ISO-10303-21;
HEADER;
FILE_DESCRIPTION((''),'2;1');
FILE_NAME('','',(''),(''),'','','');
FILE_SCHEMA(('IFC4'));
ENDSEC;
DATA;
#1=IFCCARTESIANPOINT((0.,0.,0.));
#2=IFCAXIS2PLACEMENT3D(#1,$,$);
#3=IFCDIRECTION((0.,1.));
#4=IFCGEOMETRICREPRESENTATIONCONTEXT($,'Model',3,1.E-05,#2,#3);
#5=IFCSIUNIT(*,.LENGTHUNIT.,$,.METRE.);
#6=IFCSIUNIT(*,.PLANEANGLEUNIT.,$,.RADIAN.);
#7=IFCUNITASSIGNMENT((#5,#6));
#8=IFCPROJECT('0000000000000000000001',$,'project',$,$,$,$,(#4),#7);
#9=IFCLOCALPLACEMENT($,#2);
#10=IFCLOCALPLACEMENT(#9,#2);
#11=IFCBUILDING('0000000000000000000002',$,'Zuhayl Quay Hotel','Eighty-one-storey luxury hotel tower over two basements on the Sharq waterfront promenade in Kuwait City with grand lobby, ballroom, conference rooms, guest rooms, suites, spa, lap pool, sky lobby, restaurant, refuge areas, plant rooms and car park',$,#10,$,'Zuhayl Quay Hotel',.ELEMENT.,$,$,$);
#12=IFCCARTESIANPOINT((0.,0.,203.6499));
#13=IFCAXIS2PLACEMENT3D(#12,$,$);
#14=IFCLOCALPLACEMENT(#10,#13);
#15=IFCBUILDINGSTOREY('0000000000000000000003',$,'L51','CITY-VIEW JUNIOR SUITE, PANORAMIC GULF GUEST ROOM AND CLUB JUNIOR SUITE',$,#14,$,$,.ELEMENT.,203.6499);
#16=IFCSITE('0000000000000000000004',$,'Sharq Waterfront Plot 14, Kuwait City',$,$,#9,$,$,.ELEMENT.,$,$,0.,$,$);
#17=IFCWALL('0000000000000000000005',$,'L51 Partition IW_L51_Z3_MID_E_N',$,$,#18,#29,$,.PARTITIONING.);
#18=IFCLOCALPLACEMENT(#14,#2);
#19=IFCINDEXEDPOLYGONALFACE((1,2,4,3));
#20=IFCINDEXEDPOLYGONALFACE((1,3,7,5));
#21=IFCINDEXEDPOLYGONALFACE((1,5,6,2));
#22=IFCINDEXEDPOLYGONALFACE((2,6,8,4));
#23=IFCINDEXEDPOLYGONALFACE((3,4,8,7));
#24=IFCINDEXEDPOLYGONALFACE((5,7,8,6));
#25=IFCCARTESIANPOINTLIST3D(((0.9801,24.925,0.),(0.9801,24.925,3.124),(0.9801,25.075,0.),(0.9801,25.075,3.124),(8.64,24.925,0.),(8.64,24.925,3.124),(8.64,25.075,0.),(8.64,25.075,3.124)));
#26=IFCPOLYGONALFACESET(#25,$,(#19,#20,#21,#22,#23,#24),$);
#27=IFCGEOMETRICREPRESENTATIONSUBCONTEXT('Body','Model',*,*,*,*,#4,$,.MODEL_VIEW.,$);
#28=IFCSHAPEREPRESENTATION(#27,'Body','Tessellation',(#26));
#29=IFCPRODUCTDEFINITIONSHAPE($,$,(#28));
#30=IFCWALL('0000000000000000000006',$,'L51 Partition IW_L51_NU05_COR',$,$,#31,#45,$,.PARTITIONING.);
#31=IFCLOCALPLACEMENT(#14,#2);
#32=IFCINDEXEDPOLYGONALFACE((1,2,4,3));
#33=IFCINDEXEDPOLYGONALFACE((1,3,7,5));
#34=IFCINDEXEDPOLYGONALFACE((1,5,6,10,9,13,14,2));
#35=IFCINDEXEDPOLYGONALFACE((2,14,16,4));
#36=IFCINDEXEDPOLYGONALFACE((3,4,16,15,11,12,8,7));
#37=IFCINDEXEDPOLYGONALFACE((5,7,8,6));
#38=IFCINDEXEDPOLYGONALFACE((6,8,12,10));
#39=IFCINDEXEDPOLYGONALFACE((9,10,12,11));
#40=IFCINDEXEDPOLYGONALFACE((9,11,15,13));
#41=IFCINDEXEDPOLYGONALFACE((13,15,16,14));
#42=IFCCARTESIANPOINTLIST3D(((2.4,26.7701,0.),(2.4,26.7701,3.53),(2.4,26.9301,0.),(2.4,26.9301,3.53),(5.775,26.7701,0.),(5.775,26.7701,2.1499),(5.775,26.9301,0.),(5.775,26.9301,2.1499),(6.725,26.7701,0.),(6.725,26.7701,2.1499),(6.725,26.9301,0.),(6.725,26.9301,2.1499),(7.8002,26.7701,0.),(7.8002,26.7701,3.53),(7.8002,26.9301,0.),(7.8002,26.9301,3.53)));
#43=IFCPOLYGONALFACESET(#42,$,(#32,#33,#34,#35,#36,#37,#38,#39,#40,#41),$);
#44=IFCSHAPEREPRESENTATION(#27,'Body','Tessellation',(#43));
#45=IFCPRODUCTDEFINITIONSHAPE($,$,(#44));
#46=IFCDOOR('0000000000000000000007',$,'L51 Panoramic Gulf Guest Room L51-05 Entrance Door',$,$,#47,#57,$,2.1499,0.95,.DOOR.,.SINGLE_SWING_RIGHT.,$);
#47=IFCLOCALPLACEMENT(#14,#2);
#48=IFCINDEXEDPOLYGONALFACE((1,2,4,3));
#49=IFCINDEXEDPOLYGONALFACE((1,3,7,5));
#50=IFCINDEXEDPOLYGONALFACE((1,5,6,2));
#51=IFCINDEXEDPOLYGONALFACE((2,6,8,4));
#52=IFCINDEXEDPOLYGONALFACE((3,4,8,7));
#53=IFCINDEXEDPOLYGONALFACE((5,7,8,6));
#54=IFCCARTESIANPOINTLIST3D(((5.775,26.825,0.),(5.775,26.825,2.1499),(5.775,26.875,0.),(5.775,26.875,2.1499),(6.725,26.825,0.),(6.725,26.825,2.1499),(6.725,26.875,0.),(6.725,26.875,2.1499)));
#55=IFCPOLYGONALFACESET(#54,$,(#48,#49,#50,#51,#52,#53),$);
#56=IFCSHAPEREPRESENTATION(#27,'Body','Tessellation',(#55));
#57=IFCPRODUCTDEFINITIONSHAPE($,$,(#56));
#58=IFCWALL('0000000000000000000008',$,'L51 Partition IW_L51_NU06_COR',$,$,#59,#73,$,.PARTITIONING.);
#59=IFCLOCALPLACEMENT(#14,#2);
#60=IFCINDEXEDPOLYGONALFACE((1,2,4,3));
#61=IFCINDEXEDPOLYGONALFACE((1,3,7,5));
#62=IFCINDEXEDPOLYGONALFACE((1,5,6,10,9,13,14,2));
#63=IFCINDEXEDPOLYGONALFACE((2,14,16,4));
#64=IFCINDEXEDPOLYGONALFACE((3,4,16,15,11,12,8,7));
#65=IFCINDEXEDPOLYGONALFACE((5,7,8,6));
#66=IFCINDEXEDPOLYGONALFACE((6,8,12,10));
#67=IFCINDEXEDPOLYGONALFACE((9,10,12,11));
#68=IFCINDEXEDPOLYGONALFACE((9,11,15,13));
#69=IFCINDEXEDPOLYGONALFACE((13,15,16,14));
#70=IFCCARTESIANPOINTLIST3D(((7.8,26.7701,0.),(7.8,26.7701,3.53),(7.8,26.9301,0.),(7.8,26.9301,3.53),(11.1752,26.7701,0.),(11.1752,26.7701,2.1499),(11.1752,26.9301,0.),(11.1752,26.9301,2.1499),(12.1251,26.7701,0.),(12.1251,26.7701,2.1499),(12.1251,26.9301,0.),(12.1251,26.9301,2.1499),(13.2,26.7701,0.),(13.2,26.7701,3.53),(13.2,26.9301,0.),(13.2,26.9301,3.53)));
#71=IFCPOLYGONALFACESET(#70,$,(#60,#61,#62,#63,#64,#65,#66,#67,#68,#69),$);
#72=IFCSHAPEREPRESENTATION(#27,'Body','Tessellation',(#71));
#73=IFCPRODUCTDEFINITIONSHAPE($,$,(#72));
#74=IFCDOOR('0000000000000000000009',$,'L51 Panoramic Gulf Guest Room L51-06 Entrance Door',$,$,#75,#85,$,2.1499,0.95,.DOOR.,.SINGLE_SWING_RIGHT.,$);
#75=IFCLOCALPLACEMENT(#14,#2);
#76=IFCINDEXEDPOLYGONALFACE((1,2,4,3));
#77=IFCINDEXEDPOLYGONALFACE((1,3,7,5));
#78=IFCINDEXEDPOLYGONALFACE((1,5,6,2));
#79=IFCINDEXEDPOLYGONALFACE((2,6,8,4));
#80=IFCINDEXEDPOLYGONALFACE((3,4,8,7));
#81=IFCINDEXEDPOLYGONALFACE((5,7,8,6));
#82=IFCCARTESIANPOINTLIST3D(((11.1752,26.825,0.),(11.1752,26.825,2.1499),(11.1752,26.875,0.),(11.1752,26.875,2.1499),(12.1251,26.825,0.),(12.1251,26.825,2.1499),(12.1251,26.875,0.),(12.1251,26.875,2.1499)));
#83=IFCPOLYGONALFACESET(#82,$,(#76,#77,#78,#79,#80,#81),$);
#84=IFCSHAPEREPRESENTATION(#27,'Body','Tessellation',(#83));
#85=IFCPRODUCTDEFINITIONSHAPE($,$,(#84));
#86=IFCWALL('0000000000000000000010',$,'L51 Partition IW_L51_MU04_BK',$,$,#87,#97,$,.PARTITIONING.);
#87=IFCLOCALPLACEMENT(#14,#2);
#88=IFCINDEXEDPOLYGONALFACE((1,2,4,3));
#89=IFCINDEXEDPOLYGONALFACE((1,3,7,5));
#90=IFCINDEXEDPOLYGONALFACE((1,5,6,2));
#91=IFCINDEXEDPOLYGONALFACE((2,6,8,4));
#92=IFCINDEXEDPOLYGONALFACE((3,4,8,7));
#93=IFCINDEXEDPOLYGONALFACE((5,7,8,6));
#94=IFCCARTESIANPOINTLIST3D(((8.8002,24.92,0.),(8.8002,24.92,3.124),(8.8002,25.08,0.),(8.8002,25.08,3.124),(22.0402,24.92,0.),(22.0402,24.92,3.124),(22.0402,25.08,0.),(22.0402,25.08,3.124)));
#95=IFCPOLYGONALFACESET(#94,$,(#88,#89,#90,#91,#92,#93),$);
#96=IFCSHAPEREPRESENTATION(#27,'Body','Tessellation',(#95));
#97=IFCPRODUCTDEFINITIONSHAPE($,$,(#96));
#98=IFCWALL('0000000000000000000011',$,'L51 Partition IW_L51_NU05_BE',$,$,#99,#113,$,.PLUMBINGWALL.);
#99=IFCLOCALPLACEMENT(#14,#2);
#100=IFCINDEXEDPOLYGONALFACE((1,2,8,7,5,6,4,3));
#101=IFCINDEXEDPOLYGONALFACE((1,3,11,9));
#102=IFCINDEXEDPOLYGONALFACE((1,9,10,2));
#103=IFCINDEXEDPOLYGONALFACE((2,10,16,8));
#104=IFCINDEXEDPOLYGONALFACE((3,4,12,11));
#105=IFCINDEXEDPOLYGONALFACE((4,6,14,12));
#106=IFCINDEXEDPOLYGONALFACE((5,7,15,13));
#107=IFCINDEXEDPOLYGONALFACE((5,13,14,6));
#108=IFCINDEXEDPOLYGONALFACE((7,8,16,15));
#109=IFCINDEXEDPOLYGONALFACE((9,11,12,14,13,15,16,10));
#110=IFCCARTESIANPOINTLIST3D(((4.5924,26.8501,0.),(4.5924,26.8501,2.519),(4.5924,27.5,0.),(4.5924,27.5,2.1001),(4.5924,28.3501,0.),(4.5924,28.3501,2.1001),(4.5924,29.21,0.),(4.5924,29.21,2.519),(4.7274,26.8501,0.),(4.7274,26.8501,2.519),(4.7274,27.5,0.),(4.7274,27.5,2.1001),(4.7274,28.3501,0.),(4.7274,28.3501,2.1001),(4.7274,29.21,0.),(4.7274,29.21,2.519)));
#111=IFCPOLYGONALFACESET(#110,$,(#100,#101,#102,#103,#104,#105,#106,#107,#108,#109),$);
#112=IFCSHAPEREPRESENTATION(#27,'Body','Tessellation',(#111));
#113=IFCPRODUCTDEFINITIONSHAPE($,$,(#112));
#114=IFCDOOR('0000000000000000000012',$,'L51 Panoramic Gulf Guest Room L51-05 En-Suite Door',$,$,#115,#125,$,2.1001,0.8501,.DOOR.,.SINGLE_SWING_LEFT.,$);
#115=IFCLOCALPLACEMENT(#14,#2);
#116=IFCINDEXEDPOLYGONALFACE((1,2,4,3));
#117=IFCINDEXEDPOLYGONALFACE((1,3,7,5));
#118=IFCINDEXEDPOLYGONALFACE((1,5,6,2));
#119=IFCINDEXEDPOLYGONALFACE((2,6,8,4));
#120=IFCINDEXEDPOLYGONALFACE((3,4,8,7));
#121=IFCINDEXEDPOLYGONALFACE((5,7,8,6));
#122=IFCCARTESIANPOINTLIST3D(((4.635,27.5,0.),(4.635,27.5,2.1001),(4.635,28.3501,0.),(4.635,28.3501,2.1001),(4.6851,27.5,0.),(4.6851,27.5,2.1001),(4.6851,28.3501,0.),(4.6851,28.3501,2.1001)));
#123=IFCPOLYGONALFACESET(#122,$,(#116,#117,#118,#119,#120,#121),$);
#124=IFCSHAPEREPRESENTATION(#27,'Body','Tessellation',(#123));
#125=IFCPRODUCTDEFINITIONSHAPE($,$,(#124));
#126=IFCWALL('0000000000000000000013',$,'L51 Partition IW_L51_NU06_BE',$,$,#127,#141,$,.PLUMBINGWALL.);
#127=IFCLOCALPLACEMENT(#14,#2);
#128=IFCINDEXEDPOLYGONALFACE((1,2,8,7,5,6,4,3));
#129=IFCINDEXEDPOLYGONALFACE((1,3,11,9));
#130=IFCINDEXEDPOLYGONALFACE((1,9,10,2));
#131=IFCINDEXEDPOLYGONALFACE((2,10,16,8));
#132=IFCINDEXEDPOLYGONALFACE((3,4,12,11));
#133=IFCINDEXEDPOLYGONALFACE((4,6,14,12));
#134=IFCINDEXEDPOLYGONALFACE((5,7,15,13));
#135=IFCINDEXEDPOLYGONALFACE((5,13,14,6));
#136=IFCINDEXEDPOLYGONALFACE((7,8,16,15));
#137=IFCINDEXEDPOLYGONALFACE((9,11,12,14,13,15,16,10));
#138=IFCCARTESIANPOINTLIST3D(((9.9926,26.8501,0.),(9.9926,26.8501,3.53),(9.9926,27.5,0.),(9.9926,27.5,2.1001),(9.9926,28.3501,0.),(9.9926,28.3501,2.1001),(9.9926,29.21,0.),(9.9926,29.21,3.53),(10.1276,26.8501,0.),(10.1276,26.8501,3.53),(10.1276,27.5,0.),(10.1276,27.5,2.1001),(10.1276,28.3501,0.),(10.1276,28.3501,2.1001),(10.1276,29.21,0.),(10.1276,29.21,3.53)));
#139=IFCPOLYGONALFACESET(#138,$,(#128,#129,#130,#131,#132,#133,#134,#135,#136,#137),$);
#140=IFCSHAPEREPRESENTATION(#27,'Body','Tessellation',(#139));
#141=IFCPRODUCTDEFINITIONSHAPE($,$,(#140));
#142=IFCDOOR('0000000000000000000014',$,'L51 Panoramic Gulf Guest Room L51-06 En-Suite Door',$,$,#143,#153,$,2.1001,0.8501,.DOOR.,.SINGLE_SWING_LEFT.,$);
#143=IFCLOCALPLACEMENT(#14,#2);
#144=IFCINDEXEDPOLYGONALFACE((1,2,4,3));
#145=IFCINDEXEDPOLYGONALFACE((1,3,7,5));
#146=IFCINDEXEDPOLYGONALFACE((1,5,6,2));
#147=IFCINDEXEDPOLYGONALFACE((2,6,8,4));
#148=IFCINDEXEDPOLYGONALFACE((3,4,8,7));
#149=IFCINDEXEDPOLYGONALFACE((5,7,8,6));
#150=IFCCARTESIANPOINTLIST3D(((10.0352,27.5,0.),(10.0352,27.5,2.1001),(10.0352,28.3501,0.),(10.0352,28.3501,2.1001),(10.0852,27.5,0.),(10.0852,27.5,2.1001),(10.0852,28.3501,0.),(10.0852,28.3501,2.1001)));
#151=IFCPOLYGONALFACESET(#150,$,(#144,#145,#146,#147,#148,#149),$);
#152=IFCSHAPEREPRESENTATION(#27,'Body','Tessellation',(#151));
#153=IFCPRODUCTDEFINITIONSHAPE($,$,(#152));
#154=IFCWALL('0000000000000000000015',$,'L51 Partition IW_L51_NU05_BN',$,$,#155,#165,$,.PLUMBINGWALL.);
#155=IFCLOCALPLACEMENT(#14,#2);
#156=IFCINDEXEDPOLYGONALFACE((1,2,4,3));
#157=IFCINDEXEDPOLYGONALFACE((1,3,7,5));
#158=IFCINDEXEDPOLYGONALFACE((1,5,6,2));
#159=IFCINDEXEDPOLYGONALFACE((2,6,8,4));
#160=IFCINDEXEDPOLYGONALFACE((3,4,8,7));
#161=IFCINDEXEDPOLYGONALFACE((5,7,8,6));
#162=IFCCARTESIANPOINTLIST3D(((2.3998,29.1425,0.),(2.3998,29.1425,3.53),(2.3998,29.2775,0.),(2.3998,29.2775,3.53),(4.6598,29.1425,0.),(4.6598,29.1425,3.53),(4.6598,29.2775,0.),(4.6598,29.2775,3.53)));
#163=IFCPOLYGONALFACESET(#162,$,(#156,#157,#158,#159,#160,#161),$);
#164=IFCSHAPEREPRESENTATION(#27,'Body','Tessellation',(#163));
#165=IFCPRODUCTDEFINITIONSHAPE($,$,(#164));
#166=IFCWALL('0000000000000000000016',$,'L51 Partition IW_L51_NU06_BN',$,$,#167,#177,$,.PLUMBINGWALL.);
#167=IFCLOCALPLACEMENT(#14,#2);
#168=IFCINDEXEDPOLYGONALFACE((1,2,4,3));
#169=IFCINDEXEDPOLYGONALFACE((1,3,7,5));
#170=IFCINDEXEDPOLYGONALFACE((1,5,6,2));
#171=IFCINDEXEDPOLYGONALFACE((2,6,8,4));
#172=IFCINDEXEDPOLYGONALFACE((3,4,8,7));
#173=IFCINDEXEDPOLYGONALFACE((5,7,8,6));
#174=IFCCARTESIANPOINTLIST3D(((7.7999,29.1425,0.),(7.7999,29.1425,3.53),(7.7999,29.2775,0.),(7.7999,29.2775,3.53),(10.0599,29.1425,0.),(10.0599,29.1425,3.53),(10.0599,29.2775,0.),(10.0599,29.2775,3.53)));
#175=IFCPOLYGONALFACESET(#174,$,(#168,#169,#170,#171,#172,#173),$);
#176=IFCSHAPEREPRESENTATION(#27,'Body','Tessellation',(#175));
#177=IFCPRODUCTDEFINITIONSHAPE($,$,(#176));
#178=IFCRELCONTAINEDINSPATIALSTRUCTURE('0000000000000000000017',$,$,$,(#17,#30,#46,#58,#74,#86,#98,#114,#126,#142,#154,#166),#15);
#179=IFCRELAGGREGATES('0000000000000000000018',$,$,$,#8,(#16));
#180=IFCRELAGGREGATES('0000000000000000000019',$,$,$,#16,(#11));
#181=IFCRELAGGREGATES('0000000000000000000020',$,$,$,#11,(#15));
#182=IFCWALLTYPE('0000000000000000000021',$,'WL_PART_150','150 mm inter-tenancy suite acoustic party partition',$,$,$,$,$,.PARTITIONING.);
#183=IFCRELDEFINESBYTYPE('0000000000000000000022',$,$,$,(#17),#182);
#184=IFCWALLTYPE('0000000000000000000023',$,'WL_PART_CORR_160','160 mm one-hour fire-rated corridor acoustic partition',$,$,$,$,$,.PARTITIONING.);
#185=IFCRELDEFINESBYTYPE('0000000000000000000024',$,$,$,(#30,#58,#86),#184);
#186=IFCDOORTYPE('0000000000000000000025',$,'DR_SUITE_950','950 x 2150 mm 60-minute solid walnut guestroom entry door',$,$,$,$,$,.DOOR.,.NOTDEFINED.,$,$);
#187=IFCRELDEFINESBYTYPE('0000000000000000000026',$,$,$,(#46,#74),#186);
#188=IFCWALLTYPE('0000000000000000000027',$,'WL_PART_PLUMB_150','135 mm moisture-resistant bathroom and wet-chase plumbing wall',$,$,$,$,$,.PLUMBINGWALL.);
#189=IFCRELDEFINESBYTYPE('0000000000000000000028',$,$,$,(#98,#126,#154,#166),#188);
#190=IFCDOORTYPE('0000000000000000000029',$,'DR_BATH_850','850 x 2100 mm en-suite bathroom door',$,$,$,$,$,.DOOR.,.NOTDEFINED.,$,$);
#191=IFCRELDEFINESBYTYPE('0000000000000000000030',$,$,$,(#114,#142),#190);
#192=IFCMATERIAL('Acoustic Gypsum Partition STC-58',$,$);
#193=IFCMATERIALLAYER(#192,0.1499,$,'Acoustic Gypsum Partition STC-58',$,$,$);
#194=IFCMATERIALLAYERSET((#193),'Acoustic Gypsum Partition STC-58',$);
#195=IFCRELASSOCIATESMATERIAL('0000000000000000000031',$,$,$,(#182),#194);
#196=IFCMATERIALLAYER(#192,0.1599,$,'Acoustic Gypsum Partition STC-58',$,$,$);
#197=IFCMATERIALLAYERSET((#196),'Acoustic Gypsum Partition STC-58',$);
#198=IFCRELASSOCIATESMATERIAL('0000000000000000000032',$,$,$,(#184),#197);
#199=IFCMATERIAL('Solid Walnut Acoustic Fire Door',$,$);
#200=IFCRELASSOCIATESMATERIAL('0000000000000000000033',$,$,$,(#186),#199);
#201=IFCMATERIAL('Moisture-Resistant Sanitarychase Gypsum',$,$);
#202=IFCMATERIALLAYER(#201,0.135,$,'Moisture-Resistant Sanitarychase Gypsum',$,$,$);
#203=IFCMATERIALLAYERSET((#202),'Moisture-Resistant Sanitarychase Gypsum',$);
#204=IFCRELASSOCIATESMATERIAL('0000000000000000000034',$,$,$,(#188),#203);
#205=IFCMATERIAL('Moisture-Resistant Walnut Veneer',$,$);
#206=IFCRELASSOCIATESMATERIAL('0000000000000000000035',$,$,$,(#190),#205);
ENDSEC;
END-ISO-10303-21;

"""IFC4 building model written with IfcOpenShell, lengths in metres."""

from ifc_helpers import new_model, si_unit, direction, frame, frame_2d, origin, place, context, subcontext, project, spatial, rectangle, extrude, material, layer, layer_set, type_object, element, fill, save


model = new_model("IFC4")

# Units and contexts
model_context = context("Model", 3, precision=1e-05, world=origin(), true_north=direction((0.0, 1.0)))
body_context = subcontext(model_context, "Body", "Model", "MODEL_VIEW")
ifc_project = project(units=[si_unit("LENGTHUNIT", "METRE"), si_unit("PLANEANGLEUNIT", "RADIAN")], contexts=[model_context])

# Site, building, storey
site_placement = place(None, origin())
site = spatial("IfcSite", under=ifc_project, at=site_placement, Name="Sharq Waterfront Plot 14, Kuwait City", CompositionType="ELEMENT", RefElevation=0.0)
building_placement = place(site_placement, origin())
building = spatial("IfcBuilding", under=site, at=building_placement, Name="Zuhayl Quay Hotel", Description="Eighty-one-storey luxury hotel tower over two basements on the Sharq waterfront promenade in Kuwait City with grand lobby, ballroom, conference rooms, guest rooms, suites, spa, lap pool, sky lobby, restaurant, refuge areas, plant rooms and car park", LongName="Zuhayl Quay Hotel", CompositionType="ELEMENT")
storey_placement = place(building_placement, frame((0.0, 0.0, 203.6499)))
storey = spatial("IfcBuildingStorey", under=building, at=storey_placement, Name="L51", Description="CITY-VIEW JUNIOR SUITE, PANORAMIC GULF GUEST ROOM AND CLUB JUNIOR SUITE", CompositionType="ELEMENT", Elevation=203.6499)

# Wall
ifc_material_1 = material(Name="Acoustic Gypsum Partition STC-58")
ifc_layer_1 = layer(ifc_material_1, 0.1499, Name="Acoustic Gypsum Partition STC-58")
ifc_layer_set_1 = layer_set([ifc_layer_1], Name="Acoustic Gypsum Partition STC-58")
wall_type_1 = type_object("IfcWallType", Name="WL_PART_150", Description="150 mm inter-tenancy suite acoustic party partition", PredefinedType="PARTITIONING", material=ifc_layer_set_1)
wall_1_placement = place(storey_placement, frame((0.98, 25.0, 0.0), z_axis=(0.0, 0.0, 1.0), x_axis=(1.0, 0.0, 0.0)))
element("IfcWall", 1, at=wall_1_placement, inside=storey, type_object=wall_type_1, Name="L51 Partition IW_L51_Z3_MID_E_N", PredefinedType="PARTITIONING", context=body_context, shape_type="SweptSolid", body=[
    extrude(rectangle(XDim=7.6599, YDim=0.1499, at=frame_2d((3.8301, 0.0))), origin(), (0.0, 0.0, 1.0), 3.124),
])

# Walls, openings, doors
ifc_layer_2 = layer(ifc_material_1, 0.1599, Name="Acoustic Gypsum Partition STC-58")
ifc_layer_set_2 = layer_set([ifc_layer_2], Name="Acoustic Gypsum Partition STC-58")
wall_type_2 = type_object("IfcWallType", Name="WL_PART_CORR_160", Description="160 mm one-hour fire-rated corridor acoustic partition", PredefinedType="PARTITIONING", material=ifc_layer_set_2)
wall_2_placement = place(storey_placement, frame((2.3999, 26.8501, 0.0), z_axis=(0.0, 0.0, 1.0), x_axis=(1.0, 0.0, 0.0)))
wall_2 = element("IfcWall", 2, at=wall_2_placement, inside=storey, type_object=wall_type_2, Name="L51 Partition IW_L51_NU05_COR", PredefinedType="PARTITIONING", context=body_context, shape_type="SweptSolid", body=[
    extrude(rectangle(XDim=5.4001, YDim=0.1599, at=frame_2d((2.7002, 0.0))), origin(), (0.0, 0.0, 1.0), 3.53),
])
opening_1_placement = place(wall_2_placement, frame((3.375, 0.0, 0.0)))
opening_1 = element("IfcOpeningElement", 3, at=opening_1_placement, cuts=wall_2, PredefinedType="OPENING", context=body_context, shape_type="SweptSolid", body=[
    extrude(rectangle(XDim=0.95, YDim=2.1499, at=frame_2d((0.4751, 1.075))), frame((0.0, 0.0898, 0.0), z_axis=(0.0, -1.0, 0.0), x_axis=(1.0, 0.0, 0.0)), (0.0, 0.0, 1.0), 0.1799),
])
ifc_material_2 = material(Name="Solid Walnut Acoustic Fire Door")
door_type_1 = type_object("IfcDoorType", Name="DR_SUITE_950", Description="950 x 2150 mm 60-minute solid walnut guestroom entry door", OperationType="NOTDEFINED", PredefinedType="DOOR", material=ifc_material_2)
door_1_placement = place(opening_1_placement, origin())
door_1 = element("IfcDoor", 4, at=door_1_placement, inside=storey, type_object=door_type_1, Name="L51 Panoramic Gulf Guest Room L51-05 Entrance Door", OperationType="SINGLE_SWING_RIGHT", OverallHeight=2.1499, OverallWidth=0.95, PredefinedType="DOOR", context=body_context, shape_type="SweptSolid", body=[
    extrude(rectangle(XDim=0.95, YDim=2.1499, at=frame_2d((0.4751, 1.075))), frame((0.0, 0.0249, 0.0), z_axis=(0.0, -1.0, 0.0), x_axis=(1.0, 0.0, 0.0)), (0.0, 0.0, 1.0), 0.05),
])
fill(opening_1, door_1)
wall_3_placement = place(storey_placement, frame((7.8, 26.8501, 0.0), z_axis=(0.0, 0.0, 1.0), x_axis=(1.0, 0.0, 0.0)))
wall_3 = element("IfcWall", 5, at=wall_3_placement, inside=storey, type_object=wall_type_2, Name="L51 Partition IW_L51_NU06_COR", PredefinedType="PARTITIONING", context=body_context, shape_type="SweptSolid", body=[
    extrude(rectangle(XDim=5.3999, YDim=0.1599, at=frame_2d((2.7, 0.0))), origin(), (0.0, 0.0, 1.0), 3.53),
])
opening_2_placement = place(wall_3_placement, frame((3.375, 0.0, 0.0)))
opening_2 = element("IfcOpeningElement", 6, at=opening_2_placement, cuts=wall_3, PredefinedType="OPENING", context=body_context, shape_type="SweptSolid", body=[
    extrude(rectangle(XDim=0.95, YDim=2.1499, at=frame_2d((0.4751, 1.075))), frame((0.0, 0.0898, 0.0), z_axis=(0.0, -1.0, 0.0), x_axis=(1.0, 0.0, 0.0)), (0.0, 0.0, 1.0), 0.1799),
])
door_2_placement = place(opening_2_placement, origin())
door_2 = element("IfcDoor", 7, at=door_2_placement, inside=storey, type_object=door_type_1, Name="L51 Panoramic Gulf Guest Room L51-06 Entrance Door", OperationType="SINGLE_SWING_RIGHT", OverallHeight=2.1499, OverallWidth=0.95, PredefinedType="DOOR", context=body_context, shape_type="SweptSolid", body=[
    extrude(rectangle(XDim=0.95, YDim=2.1499, at=frame_2d((0.4751, 1.075))), frame((0.0, 0.0249, 0.0), z_axis=(0.0, -1.0, 0.0), x_axis=(1.0, 0.0, 0.0)), (0.0, 0.0, 1.0), 0.05),
])
fill(opening_2, door_2)

# Wall
wall_4_placement = place(storey_placement, frame((8.8, 25.0, 0.0), z_axis=(0.0, 0.0, 1.0), x_axis=(1.0, 0.0, 0.0)))
element("IfcWall", 8, at=wall_4_placement, inside=storey, type_object=wall_type_2, Name="L51 Partition IW_L51_MU04_BK", PredefinedType="PARTITIONING", context=body_context, shape_type="SweptSolid", body=[
    extrude(rectangle(XDim=13.24, YDim=0.1599, at=frame_2d((6.6201, 0.0))), origin(), (0.0, 0.0, 1.0), 3.124),
])

# Walls, openings, doors
ifc_material_3 = material(Name="Moisture-Resistant Sanitarychase Gypsum")
ifc_layer_3 = layer(ifc_material_3, 0.135, Name="Moisture-Resistant Sanitarychase Gypsum")
ifc_layer_set_3 = layer_set([ifc_layer_3], Name="Moisture-Resistant Sanitarychase Gypsum")
wall_type_3 = type_object("IfcWallType", Name="WL_PART_PLUMB_150", Description="135 mm moisture-resistant bathroom and wet-chase plumbing wall", PredefinedType="PLUMBINGWALL", material=ifc_layer_set_3)
wall_5_placement = place(storey_placement, frame((4.6599, 26.8501, 0.0), z_axis=(0.0, 0.0, 1.0), x_axis=(0.0, 1.0, 0.0)))
wall_5 = element("IfcWall", 9, at=wall_5_placement, inside=storey, type_object=wall_type_3, Name="L51 Partition IW_L51_NU05_BE", PredefinedType="PLUMBINGWALL", context=body_context, shape_type="SweptSolid", body=[
    extrude(rectangle(XDim=2.3599, YDim=0.135, at=frame_2d((1.1799, 0.0))), origin(), (0.0, 0.0, 1.0), 2.519),
])
opening_3_placement = place(wall_5_placement, frame((0.6499, 0.0, 0.0)))
opening_3 = element("IfcOpeningElement", 10, at=opening_3_placement, cuts=wall_5, PredefinedType="OPENING", context=body_context, shape_type="SweptSolid", body=[
    extrude(rectangle(XDim=0.8501, YDim=2.1001, at=frame_2d((0.425, 1.05))), frame((0.0, 0.0774, 0.0), z_axis=(0.0, -1.0, 0.0), x_axis=(1.0, 0.0, 0.0)), (0.0, 0.0, 1.0), 0.155),
])
ifc_material_4 = material(Name="Moisture-Resistant Walnut Veneer")
door_type_2 = type_object("IfcDoorType", Name="DR_BATH_850", Description="850 x 2100 mm en-suite bathroom door", OperationType="NOTDEFINED", PredefinedType="DOOR", material=ifc_material_4)
door_3_placement = place(opening_3_placement, origin())
door_3 = element("IfcDoor", 11, at=door_3_placement, inside=storey, type_object=door_type_2, Name="L51 Panoramic Gulf Guest Room L51-05 En-Suite Door", OperationType="SINGLE_SWING_LEFT", OverallHeight=2.1001, OverallWidth=0.8501, PredefinedType="DOOR", context=body_context, shape_type="SweptSolid", body=[
    extrude(rectangle(XDim=0.8501, YDim=2.1001, at=frame_2d((0.425, 1.05))), frame((0.0, 0.0249, 0.0), z_axis=(0.0, -1.0, 0.0), x_axis=(1.0, 0.0, 0.0)), (0.0, 0.0, 1.0), 0.05),
])
fill(opening_3, door_3)
wall_6_placement = place(storey_placement, frame((10.0601, 26.8501, 0.0), z_axis=(0.0, 0.0, 1.0), x_axis=(0.0, 1.0, 0.0)))
wall_6 = element("IfcWall", 12, at=wall_6_placement, inside=storey, type_object=wall_type_3, Name="L51 Partition IW_L51_NU06_BE", PredefinedType="PLUMBINGWALL", context=body_context, shape_type="SweptSolid", body=[
    extrude(rectangle(XDim=2.3599, YDim=0.135, at=frame_2d((1.1799, 0.0))), origin(), (0.0, 0.0, 1.0), 3.53),
])
opening_4_placement = place(wall_6_placement, frame((0.6499, 0.0, 0.0)))
opening_4 = element("IfcOpeningElement", 13, at=opening_4_placement, cuts=wall_6, PredefinedType="OPENING", context=body_context, shape_type="SweptSolid", body=[
    extrude(rectangle(XDim=0.8501, YDim=2.1001, at=frame_2d((0.425, 1.05))), frame((0.0, 0.0774, 0.0), z_axis=(0.0, -1.0, 0.0), x_axis=(1.0, 0.0, 0.0)), (0.0, 0.0, 1.0), 0.155),
])
door_4_placement = place(opening_4_placement, origin())
door_4 = element("IfcDoor", 14, at=door_4_placement, inside=storey, type_object=door_type_2, Name="L51 Panoramic Gulf Guest Room L51-06 En-Suite Door", OperationType="SINGLE_SWING_LEFT", OverallHeight=2.1001, OverallWidth=0.8501, PredefinedType="DOOR", context=body_context, shape_type="SweptSolid", body=[
    extrude(rectangle(XDim=0.8501, YDim=2.1001, at=frame_2d((0.425, 1.05))), frame((0.0, 0.0249, 0.0), z_axis=(0.0, -1.0, 0.0), x_axis=(1.0, 0.0, 0.0)), (0.0, 0.0, 1.0), 0.05),
])
fill(opening_4, door_4)

# Walls
for number, where, z_axis, x_axis, name in (
    (15, (2.3999, 29.21, 0.0), (0.0, 0.0, 1.0), (1.0, 0.0, 0.0), "L51 Partition IW_L51_NU05_BN"),
    (16, (7.8, 29.21, 0.0), (0.0, 0.0, 1.0), (1.0, 0.0, 0.0), "L51 Partition IW_L51_NU06_BN"),
):
    element("IfcWall", number, at=place(storey_placement, frame(where, z_axis=z_axis, x_axis=x_axis)), inside=storey, type_object=wall_type_3, Name=name, PredefinedType="PLUMBINGWALL", context=body_context, shape_type="SweptSolid", body=[
        extrude(rectangle(XDim=2.26, YDim=0.135, at=frame_2d((1.1299, 0.0))), origin(), (0.0, 0.0, 1.0), 3.53),
    ])

save(model, "model.ifc")
